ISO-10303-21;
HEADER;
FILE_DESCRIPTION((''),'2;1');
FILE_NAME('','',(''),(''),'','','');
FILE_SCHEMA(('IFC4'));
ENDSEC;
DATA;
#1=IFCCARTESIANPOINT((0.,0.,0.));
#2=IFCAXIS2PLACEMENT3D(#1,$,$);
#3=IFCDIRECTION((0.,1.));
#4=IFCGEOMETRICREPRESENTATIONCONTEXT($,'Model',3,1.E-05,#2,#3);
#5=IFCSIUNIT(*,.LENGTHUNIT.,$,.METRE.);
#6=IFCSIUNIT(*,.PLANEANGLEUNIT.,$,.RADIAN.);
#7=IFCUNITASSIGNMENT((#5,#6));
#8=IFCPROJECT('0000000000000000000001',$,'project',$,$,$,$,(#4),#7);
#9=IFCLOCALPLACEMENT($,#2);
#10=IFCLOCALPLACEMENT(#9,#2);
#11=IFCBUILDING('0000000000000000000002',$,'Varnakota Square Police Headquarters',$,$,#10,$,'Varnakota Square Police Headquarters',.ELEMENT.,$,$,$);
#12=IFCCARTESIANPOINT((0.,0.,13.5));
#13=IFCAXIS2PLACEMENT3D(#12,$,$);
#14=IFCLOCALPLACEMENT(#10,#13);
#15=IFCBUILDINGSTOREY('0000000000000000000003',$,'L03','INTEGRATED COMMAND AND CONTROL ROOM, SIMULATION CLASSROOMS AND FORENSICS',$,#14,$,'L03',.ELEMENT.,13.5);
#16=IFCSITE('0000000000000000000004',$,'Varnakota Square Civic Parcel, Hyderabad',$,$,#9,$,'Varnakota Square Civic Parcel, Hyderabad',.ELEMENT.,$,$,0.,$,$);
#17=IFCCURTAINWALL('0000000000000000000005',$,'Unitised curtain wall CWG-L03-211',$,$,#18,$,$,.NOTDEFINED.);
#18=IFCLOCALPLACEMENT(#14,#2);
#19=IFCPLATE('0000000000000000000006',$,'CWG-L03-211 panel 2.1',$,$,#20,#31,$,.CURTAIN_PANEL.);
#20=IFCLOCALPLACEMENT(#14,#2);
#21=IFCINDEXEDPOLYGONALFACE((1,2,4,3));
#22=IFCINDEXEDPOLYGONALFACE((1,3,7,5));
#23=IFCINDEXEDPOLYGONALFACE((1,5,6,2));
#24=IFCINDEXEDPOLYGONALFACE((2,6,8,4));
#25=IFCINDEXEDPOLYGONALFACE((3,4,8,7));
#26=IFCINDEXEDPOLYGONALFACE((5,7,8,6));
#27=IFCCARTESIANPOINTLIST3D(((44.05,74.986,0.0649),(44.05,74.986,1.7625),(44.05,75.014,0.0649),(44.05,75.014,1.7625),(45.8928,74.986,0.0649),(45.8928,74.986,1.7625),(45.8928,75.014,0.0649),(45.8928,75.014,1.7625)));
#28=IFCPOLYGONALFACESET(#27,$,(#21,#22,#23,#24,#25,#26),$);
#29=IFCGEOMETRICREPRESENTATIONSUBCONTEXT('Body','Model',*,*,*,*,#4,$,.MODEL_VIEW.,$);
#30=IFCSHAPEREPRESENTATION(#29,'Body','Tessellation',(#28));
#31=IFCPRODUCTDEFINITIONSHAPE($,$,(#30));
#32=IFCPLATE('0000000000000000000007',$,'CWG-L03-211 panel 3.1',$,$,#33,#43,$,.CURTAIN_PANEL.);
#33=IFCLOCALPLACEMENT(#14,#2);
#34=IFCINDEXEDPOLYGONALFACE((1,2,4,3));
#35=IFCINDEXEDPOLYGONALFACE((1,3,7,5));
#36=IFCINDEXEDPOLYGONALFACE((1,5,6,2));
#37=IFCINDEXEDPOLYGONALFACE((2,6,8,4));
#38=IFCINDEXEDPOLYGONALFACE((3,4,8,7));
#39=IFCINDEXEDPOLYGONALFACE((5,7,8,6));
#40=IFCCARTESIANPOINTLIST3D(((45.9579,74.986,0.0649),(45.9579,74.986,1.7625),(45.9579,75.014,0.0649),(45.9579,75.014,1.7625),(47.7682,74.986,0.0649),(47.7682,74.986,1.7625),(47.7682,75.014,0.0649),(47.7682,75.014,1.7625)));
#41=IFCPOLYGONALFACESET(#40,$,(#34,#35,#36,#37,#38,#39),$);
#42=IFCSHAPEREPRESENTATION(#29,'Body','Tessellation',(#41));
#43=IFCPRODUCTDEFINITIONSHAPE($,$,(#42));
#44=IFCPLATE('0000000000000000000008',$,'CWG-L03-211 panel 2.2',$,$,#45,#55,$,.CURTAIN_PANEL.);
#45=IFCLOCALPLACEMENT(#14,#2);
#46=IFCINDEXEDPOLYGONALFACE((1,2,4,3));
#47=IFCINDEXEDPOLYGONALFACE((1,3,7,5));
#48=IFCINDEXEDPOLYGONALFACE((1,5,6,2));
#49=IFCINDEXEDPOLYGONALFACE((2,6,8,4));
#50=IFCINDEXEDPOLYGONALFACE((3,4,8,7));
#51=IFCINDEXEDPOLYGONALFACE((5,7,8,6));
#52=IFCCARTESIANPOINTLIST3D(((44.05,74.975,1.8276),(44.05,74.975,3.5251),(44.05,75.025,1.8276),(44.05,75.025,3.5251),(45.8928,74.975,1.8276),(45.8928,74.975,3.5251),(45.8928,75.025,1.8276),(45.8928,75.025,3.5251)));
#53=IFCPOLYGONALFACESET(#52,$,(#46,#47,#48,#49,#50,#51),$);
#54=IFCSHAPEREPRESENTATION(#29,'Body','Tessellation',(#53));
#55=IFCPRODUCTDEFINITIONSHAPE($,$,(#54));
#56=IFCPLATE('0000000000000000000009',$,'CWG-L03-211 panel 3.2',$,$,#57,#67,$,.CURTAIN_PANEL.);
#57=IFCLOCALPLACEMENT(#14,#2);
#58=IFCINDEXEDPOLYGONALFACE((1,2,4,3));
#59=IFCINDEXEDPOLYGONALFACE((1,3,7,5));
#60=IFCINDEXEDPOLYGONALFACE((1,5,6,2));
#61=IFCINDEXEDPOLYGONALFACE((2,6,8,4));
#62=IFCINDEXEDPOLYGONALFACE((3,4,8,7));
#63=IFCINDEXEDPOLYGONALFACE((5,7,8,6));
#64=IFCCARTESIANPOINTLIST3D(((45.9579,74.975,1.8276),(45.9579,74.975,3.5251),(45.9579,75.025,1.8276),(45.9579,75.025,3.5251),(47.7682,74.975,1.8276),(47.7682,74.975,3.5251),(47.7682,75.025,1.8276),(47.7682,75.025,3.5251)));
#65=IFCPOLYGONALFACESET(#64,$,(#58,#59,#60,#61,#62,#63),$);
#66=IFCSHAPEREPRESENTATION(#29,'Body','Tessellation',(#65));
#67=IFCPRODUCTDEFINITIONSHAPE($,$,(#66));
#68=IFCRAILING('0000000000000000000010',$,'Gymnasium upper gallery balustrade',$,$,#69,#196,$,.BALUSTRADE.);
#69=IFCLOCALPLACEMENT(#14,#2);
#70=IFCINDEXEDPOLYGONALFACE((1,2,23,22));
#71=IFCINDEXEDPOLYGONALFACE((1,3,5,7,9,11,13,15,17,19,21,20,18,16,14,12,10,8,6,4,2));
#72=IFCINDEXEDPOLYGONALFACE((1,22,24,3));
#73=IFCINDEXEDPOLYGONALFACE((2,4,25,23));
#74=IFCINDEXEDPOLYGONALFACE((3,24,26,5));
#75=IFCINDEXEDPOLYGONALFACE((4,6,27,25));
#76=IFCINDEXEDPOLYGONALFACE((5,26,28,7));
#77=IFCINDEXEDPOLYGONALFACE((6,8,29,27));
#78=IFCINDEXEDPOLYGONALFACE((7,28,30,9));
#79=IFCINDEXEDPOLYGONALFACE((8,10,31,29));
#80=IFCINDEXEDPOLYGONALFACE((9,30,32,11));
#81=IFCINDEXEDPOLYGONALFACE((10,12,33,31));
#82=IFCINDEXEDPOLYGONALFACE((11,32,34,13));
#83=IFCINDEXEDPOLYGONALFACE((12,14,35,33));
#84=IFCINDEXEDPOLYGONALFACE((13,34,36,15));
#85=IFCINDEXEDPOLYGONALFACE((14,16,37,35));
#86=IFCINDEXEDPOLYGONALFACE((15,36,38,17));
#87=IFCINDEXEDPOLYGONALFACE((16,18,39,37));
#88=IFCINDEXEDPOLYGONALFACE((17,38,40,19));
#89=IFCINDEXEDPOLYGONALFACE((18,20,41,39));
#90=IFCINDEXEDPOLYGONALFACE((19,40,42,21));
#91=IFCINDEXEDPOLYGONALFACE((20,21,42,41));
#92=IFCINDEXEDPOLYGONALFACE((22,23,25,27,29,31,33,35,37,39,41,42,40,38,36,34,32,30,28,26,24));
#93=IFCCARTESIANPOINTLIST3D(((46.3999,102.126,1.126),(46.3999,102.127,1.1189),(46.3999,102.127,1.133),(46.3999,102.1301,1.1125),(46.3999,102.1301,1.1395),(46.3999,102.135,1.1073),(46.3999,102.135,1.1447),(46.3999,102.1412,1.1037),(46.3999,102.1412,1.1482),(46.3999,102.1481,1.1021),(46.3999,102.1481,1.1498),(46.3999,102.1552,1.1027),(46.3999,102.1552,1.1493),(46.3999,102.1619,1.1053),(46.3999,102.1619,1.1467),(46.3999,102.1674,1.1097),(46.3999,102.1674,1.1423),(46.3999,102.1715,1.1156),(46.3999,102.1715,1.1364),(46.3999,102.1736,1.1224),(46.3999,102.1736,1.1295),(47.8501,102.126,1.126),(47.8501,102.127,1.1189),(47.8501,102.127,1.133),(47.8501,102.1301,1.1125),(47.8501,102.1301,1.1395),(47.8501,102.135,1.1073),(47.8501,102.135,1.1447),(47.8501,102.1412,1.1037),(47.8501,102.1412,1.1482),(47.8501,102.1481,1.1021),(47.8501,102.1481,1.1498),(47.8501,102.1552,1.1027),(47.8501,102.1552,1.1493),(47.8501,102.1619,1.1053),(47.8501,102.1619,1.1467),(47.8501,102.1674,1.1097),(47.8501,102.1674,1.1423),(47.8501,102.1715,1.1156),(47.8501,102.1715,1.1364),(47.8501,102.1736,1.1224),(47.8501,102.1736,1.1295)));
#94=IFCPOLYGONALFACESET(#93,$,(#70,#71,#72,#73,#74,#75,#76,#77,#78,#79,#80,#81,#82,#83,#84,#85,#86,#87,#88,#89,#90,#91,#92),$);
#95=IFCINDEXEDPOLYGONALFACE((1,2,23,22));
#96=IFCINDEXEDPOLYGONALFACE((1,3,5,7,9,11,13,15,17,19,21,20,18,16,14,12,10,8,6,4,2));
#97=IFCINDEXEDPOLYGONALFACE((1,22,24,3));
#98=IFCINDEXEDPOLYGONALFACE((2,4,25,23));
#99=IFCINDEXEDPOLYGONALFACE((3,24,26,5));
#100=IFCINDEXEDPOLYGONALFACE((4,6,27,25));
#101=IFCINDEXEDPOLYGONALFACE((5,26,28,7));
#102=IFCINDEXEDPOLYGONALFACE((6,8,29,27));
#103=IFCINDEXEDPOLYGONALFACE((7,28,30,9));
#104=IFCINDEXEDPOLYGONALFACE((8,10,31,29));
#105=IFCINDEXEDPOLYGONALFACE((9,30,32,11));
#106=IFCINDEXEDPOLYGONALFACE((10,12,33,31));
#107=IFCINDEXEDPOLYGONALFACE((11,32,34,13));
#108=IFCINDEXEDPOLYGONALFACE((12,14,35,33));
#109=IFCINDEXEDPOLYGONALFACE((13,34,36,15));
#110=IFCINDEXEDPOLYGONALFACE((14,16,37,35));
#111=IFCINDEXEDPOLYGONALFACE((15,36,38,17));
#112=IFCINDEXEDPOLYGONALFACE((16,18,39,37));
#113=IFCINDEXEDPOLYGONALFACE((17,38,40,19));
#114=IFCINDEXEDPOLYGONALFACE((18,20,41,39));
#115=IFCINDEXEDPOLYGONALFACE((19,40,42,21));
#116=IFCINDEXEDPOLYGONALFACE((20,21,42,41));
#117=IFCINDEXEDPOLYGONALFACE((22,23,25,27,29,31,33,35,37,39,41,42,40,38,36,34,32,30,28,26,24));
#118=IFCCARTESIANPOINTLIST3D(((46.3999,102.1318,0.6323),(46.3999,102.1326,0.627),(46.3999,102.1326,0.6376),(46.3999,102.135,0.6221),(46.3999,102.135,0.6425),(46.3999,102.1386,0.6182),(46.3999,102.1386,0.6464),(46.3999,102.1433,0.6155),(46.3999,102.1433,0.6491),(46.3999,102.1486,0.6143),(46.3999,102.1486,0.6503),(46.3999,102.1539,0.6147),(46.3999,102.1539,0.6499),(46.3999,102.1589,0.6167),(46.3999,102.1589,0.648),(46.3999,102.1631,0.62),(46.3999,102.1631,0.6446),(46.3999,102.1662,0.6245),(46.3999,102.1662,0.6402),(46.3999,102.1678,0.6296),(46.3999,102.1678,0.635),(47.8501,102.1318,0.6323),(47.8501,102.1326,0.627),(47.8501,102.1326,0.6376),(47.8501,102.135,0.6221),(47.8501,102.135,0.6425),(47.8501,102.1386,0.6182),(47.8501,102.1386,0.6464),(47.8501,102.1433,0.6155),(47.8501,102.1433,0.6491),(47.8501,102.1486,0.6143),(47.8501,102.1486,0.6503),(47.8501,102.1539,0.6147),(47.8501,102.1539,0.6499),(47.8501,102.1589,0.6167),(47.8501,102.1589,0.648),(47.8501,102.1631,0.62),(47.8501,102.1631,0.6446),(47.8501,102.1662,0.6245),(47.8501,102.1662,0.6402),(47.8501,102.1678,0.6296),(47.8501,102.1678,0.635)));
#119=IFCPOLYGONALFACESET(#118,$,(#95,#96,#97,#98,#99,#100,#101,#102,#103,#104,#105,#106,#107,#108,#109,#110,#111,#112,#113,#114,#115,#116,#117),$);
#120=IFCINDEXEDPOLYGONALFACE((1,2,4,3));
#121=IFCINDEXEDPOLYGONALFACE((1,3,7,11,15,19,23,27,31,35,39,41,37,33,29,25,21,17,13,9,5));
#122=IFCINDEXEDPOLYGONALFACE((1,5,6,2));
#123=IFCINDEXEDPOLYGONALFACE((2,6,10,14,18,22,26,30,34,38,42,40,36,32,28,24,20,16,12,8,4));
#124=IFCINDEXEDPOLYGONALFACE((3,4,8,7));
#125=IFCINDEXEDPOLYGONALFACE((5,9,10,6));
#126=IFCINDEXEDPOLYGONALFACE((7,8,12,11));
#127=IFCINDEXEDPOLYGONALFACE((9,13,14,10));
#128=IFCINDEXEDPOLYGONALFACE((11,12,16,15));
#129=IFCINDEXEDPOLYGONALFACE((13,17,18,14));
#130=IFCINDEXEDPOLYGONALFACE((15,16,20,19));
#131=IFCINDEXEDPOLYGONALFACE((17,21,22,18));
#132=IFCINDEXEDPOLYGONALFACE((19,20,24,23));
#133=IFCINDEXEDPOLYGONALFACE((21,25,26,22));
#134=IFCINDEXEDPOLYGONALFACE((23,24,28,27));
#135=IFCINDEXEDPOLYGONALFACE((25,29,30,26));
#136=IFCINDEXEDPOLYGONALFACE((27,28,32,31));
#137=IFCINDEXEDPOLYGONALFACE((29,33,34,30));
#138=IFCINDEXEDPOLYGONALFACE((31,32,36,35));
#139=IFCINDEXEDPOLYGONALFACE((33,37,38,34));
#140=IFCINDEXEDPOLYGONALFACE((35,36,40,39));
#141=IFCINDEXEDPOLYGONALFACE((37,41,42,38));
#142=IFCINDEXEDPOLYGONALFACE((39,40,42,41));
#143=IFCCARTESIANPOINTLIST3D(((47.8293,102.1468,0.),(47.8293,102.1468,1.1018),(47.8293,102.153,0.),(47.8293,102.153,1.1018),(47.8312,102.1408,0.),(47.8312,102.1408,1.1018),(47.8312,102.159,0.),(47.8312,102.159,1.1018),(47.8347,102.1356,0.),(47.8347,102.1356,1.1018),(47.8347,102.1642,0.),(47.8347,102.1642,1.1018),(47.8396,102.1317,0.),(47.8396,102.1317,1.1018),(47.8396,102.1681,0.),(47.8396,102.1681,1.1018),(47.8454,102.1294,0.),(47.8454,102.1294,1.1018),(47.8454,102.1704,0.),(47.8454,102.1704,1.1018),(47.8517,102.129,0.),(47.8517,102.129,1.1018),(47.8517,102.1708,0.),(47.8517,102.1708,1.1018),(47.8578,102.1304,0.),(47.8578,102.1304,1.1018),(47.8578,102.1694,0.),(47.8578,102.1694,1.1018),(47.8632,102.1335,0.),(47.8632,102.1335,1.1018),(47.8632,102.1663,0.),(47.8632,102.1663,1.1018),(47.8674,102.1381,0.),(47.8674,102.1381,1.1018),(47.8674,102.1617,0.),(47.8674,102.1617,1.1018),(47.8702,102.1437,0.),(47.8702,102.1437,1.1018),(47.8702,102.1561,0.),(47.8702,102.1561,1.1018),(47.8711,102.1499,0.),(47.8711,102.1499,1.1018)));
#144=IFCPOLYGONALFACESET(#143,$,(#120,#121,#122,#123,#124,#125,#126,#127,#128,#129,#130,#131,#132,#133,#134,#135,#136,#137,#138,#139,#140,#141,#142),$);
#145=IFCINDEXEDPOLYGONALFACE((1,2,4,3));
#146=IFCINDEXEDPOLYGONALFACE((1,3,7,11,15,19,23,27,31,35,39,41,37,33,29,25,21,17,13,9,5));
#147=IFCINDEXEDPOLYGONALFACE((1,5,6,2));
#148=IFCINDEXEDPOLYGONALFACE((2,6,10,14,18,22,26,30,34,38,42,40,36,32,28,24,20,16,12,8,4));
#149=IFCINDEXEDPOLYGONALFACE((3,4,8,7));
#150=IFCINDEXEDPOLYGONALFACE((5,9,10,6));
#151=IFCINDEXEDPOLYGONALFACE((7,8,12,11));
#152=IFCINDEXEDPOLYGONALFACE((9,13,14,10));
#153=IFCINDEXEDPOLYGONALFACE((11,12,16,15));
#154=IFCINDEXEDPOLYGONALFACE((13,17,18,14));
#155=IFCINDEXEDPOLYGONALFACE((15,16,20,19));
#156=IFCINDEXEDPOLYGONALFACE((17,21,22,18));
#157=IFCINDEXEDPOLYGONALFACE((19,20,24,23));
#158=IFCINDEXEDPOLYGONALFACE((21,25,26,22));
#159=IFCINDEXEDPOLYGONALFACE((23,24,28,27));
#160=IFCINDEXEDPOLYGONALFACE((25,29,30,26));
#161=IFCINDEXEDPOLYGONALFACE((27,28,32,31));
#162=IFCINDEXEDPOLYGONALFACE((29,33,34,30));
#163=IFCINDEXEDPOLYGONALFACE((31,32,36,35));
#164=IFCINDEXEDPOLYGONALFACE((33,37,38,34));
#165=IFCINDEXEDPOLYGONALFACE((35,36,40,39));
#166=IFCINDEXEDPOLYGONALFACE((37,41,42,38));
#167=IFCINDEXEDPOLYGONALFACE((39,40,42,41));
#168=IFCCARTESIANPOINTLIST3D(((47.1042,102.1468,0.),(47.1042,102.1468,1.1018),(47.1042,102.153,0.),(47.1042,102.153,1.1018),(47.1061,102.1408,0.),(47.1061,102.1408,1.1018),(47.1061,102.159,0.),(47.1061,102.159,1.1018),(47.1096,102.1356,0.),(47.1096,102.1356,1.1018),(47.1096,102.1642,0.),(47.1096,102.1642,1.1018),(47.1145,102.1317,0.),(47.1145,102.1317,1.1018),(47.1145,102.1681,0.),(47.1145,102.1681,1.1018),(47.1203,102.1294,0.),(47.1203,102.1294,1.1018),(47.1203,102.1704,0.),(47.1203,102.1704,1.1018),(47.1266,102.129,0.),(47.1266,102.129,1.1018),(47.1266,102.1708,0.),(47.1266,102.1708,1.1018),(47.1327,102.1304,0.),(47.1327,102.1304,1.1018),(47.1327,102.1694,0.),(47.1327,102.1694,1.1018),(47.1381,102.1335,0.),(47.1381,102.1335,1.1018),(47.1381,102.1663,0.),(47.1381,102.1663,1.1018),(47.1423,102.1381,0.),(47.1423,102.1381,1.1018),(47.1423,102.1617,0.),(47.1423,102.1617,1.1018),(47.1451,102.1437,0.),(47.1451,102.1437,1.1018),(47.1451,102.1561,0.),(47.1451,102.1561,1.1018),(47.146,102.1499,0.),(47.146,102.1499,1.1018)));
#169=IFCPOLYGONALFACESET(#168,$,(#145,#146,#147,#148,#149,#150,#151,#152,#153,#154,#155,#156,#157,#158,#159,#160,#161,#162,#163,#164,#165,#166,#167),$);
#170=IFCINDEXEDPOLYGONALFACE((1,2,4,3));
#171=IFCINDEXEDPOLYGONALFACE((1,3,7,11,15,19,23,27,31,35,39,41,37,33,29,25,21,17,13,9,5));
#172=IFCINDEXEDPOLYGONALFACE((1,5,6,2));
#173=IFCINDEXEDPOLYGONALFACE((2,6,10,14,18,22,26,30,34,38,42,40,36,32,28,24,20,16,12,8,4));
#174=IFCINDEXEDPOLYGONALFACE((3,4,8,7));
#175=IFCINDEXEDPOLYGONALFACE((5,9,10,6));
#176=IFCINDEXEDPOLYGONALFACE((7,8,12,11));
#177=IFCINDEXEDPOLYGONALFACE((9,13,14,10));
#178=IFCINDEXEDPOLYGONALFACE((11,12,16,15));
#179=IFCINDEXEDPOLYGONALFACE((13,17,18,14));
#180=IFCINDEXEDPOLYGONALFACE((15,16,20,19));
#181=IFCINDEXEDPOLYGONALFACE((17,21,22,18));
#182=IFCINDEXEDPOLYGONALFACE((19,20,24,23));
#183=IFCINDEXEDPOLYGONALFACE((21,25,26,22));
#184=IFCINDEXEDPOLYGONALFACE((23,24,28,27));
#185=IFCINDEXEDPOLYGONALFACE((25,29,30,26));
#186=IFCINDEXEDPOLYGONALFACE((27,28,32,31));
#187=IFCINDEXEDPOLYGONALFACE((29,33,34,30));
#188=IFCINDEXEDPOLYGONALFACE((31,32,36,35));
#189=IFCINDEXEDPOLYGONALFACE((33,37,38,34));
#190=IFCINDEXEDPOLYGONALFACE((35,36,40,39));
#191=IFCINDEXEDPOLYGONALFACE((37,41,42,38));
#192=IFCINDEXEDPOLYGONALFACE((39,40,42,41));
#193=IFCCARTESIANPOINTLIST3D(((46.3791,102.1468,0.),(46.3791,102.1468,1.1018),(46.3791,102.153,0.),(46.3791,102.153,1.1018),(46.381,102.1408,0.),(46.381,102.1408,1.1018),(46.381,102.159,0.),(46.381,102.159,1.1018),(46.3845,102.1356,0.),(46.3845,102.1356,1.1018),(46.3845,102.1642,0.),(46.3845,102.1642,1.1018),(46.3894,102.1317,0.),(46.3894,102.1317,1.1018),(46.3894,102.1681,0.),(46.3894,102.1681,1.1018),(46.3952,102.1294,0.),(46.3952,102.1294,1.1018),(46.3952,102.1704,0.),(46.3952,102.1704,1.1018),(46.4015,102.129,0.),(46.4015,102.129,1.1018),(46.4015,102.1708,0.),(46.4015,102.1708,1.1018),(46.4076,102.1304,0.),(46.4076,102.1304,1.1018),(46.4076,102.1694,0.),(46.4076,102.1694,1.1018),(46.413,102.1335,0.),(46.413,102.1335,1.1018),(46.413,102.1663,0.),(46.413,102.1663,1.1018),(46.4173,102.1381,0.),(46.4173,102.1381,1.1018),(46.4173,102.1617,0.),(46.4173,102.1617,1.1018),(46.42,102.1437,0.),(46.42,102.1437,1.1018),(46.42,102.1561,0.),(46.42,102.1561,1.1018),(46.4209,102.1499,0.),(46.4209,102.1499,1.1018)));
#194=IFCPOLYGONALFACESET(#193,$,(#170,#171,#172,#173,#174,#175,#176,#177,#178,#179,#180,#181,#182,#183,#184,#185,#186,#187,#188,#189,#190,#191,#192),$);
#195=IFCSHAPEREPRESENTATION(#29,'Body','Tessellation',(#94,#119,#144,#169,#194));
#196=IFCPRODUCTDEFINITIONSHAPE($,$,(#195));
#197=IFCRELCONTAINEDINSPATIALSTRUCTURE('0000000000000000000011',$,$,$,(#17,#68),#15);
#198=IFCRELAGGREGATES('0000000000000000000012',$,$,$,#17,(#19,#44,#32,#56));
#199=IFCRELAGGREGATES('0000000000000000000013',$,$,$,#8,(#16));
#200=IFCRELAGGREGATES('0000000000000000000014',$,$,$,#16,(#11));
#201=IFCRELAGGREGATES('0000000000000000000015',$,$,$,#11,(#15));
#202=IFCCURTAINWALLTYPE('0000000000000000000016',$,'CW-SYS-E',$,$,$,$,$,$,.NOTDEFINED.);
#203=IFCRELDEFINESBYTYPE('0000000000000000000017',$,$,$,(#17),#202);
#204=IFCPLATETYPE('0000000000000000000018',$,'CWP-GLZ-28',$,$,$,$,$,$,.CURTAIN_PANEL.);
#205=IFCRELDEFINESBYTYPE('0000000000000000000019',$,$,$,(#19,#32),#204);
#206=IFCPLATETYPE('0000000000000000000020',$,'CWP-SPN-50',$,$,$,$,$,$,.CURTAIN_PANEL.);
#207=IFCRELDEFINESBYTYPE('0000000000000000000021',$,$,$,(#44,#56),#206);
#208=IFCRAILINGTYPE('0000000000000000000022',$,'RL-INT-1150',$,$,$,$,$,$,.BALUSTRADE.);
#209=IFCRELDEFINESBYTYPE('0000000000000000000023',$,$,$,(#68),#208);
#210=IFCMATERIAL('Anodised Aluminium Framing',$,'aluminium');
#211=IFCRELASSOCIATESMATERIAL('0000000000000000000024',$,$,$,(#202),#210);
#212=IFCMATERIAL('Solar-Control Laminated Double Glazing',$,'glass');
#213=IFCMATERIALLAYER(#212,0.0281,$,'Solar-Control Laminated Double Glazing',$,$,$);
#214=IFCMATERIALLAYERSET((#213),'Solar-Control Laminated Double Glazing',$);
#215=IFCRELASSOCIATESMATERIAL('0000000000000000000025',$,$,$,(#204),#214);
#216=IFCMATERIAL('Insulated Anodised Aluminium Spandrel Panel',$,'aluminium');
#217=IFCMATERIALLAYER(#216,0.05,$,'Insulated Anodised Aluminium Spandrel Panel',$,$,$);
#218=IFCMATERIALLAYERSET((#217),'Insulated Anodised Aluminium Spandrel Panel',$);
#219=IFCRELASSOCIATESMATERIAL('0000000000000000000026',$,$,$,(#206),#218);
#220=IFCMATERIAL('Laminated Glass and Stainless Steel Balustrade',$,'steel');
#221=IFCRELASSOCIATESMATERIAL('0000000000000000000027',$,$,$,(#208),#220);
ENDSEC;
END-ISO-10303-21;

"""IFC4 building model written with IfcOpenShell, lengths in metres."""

from ifc_helpers import new_model, si_unit, direction, frame, origin, origin_2d, place, context, subcontext, project, spatial, rectangle, circle, extrude, material, layer, layer_set, type_object, element, aggregate, save


model = new_model("IFC4")

# Units and contexts
model_context = context("Model", 3, precision=1e-05, world=origin(), true_north=direction((0.0, 1.0)))
body_context = subcontext(model_context, "Body", "Model", "MODEL_VIEW")
ifc_project = project(units=[si_unit("LENGTHUNIT", "METRE"), si_unit("PLANEANGLEUNIT", "RADIAN")], contexts=[model_context])

# Site, building, storey
site_placement = place(None, origin())
site = spatial("IfcSite", under=ifc_project, at=site_placement, Name="Varnakota Square Civic Parcel, Hyderabad", LongName="Varnakota Square Civic Parcel, Hyderabad", CompositionType="ELEMENT", RefElevation=0.0)
building_placement = place(site_placement, origin())
building = spatial("IfcBuilding", under=site, at=building_placement, Name="Varnakota Square Police Headquarters", LongName="Varnakota Square Police Headquarters", CompositionType="ELEMENT")
storey_placement = place(building_placement, frame((0.0, 0.0, 13.5)))
storey = spatial("IfcBuildingStorey", under=building, at=storey_placement, Name="L03", Description="INTEGRATED COMMAND AND CONTROL ROOM, SIMULATION CLASSROOMS AND FORENSICS", LongName="L03", CompositionType="ELEMENT", Elevation=13.5)

# Curtain wall, plates
ifc_material_1 = material(Name="Anodised Aluminium Framing", Category="aluminium")
curtain_wall_type = type_object("IfcCurtainWallType", Name="CW-SYS-E", PredefinedType="NOTDEFINED", material=ifc_material_1)
curtain_wall_placement = place(storey_placement, origin())
curtain_wall = element("IfcCurtainWall", 1, at=curtain_wall_placement, inside=storey, type_object=curtain_wall_type, Name="Unitised curtain wall CWG-L03-211", PredefinedType="NOTDEFINED")
ifc_material_2 = material(Name="Solar-Control Laminated Double Glazing", Category="glass")
ifc_layer_1 = layer(ifc_material_2, 0.0281, Name="Solar-Control Laminated Double Glazing")
ifc_layer_set_1 = layer_set([ifc_layer_1], Name="Solar-Control Laminated Double Glazing")
plate_type_1 = type_object("IfcPlateType", Name="CWP-GLZ-28", PredefinedType="CURTAIN_PANEL", material=ifc_layer_set_1)
plate_1_placement = place(storey_placement, frame((44.9714, 75.0, 0.0649), z_axis=(0.0, 0.0, 1.0), x_axis=(1.0, 0.0, 0.0)))
plate_1 = element("IfcPlate", 2, at=plate_1_placement, type_object=plate_type_1, Name="CWG-L03-211 panel 2.1", PredefinedType="CURTAIN_PANEL", context=body_context, shape_type="SweptSolid", body=[
    extrude(rectangle(XDim=1.8428, YDim=0.0281, at=origin_2d()), origin(), (0.0, 0.0, 1.0), 1.6975),
])
plate_2_placement = place(storey_placement, frame((46.863, 75.0, 0.0649), z_axis=(0.0, 0.0, 1.0), x_axis=(1.0, 0.0, 0.0)))
plate_2 = element("IfcPlate", 3, at=plate_2_placement, type_object=plate_type_1, Name="CWG-L03-211 panel 3.1", PredefinedType="CURTAIN_PANEL", context=body_context, shape_type="SweptSolid", body=[
    extrude(rectangle(XDim=1.8103, YDim=0.0281, at=origin_2d()), origin(), (0.0, 0.0, 1.0), 1.6975),
])
ifc_material_3 = material(Name="Insulated Anodised Aluminium Spandrel Panel", Category="aluminium")
ifc_layer_2 = layer(ifc_material_3, 0.05, Name="Insulated Anodised Aluminium Spandrel Panel")
ifc_layer_set_2 = layer_set([ifc_layer_2], Name="Insulated Anodised Aluminium Spandrel Panel")
plate_type_2 = type_object("IfcPlateType", Name="CWP-SPN-50", PredefinedType="CURTAIN_PANEL", material=ifc_layer_set_2)
plate_3_placement = place(storey_placement, frame((44.9714, 75.0, 1.8276), z_axis=(0.0, 0.0, 1.0), x_axis=(1.0, 0.0, 0.0)))
plate_3 = element("IfcPlate", 4, at=plate_3_placement, type_object=plate_type_2, Name="CWG-L03-211 panel 2.2", PredefinedType="CURTAIN_PANEL", context=body_context, shape_type="SweptSolid", body=[
    extrude(rectangle(XDim=1.8428, YDim=0.05, at=origin_2d()), origin(), (0.0, 0.0, 1.0), 1.6975),
])
plate_4_placement = place(storey_placement, frame((46.863, 75.0, 1.8276), z_axis=(0.0, 0.0, 1.0), x_axis=(1.0, 0.0, 0.0)))
plate_4 = element("IfcPlate", 5, at=plate_4_placement, type_object=plate_type_2, Name="CWG-L03-211 panel 3.2", PredefinedType="CURTAIN_PANEL", context=body_context, shape_type="SweptSolid", body=[
    extrude(rectangle(XDim=1.8103, YDim=0.05, at=origin_2d()), origin(), (0.0, 0.0, 1.0), 1.6975),
])
aggregate(curtain_wall, [plate_1, plate_3, plate_2, plate_4])

# Railing
ifc_material_4 = material(Name="Laminated Glass and Stainless Steel Balustrade", Category="steel")
railing_type_1 = type_object("IfcRailingType", Name="RL-INT-1150", PredefinedType="BALUSTRADE", material=ifc_material_4)
railing_1_placement = place(storey_placement, frame((47.8501, 102.1499, 0.0)))
element("IfcRailing", 6, at=railing_1_placement, inside=storey, type_object=railing_type_1, Name="Gymnasium upper gallery balustrade", PredefinedType="BALUSTRADE", context=body_context, shape_type="SweptSolid", body=[
    extrude(circle(Radius=0.0239, at=origin_2d()), frame((0.0, 0.0, 1.126), z_axis=(-1.0, 0.0, 0.0), x_axis=(0.0, -1.0, 0.0)), (0.0, 0.0, 1.0), 1.4502),
    extrude(circle(Radius=0.0181, at=origin_2d()), frame((0.0, 0.0, 0.6323), z_axis=(-1.0, 0.0, 0.0), x_axis=(0.0, -1.0, 0.0)), (0.0, 0.0, 1.0), 1.4502),
    extrude(circle(Radius=0.021, at=origin_2d()), origin(), (0.0, 0.0, 1.0), 1.1018),
    extrude(circle(Radius=0.021, at=origin_2d()), frame((-0.7251, 0.0, 0.0)), (0.0, 0.0, 1.0), 1.1018),
    extrude(circle(Radius=0.021, at=origin_2d()), frame((-1.4502, 0.0, 0.0)), (0.0, 0.0, 1.0), 1.1018),
])

save(model, "model.ifc")
